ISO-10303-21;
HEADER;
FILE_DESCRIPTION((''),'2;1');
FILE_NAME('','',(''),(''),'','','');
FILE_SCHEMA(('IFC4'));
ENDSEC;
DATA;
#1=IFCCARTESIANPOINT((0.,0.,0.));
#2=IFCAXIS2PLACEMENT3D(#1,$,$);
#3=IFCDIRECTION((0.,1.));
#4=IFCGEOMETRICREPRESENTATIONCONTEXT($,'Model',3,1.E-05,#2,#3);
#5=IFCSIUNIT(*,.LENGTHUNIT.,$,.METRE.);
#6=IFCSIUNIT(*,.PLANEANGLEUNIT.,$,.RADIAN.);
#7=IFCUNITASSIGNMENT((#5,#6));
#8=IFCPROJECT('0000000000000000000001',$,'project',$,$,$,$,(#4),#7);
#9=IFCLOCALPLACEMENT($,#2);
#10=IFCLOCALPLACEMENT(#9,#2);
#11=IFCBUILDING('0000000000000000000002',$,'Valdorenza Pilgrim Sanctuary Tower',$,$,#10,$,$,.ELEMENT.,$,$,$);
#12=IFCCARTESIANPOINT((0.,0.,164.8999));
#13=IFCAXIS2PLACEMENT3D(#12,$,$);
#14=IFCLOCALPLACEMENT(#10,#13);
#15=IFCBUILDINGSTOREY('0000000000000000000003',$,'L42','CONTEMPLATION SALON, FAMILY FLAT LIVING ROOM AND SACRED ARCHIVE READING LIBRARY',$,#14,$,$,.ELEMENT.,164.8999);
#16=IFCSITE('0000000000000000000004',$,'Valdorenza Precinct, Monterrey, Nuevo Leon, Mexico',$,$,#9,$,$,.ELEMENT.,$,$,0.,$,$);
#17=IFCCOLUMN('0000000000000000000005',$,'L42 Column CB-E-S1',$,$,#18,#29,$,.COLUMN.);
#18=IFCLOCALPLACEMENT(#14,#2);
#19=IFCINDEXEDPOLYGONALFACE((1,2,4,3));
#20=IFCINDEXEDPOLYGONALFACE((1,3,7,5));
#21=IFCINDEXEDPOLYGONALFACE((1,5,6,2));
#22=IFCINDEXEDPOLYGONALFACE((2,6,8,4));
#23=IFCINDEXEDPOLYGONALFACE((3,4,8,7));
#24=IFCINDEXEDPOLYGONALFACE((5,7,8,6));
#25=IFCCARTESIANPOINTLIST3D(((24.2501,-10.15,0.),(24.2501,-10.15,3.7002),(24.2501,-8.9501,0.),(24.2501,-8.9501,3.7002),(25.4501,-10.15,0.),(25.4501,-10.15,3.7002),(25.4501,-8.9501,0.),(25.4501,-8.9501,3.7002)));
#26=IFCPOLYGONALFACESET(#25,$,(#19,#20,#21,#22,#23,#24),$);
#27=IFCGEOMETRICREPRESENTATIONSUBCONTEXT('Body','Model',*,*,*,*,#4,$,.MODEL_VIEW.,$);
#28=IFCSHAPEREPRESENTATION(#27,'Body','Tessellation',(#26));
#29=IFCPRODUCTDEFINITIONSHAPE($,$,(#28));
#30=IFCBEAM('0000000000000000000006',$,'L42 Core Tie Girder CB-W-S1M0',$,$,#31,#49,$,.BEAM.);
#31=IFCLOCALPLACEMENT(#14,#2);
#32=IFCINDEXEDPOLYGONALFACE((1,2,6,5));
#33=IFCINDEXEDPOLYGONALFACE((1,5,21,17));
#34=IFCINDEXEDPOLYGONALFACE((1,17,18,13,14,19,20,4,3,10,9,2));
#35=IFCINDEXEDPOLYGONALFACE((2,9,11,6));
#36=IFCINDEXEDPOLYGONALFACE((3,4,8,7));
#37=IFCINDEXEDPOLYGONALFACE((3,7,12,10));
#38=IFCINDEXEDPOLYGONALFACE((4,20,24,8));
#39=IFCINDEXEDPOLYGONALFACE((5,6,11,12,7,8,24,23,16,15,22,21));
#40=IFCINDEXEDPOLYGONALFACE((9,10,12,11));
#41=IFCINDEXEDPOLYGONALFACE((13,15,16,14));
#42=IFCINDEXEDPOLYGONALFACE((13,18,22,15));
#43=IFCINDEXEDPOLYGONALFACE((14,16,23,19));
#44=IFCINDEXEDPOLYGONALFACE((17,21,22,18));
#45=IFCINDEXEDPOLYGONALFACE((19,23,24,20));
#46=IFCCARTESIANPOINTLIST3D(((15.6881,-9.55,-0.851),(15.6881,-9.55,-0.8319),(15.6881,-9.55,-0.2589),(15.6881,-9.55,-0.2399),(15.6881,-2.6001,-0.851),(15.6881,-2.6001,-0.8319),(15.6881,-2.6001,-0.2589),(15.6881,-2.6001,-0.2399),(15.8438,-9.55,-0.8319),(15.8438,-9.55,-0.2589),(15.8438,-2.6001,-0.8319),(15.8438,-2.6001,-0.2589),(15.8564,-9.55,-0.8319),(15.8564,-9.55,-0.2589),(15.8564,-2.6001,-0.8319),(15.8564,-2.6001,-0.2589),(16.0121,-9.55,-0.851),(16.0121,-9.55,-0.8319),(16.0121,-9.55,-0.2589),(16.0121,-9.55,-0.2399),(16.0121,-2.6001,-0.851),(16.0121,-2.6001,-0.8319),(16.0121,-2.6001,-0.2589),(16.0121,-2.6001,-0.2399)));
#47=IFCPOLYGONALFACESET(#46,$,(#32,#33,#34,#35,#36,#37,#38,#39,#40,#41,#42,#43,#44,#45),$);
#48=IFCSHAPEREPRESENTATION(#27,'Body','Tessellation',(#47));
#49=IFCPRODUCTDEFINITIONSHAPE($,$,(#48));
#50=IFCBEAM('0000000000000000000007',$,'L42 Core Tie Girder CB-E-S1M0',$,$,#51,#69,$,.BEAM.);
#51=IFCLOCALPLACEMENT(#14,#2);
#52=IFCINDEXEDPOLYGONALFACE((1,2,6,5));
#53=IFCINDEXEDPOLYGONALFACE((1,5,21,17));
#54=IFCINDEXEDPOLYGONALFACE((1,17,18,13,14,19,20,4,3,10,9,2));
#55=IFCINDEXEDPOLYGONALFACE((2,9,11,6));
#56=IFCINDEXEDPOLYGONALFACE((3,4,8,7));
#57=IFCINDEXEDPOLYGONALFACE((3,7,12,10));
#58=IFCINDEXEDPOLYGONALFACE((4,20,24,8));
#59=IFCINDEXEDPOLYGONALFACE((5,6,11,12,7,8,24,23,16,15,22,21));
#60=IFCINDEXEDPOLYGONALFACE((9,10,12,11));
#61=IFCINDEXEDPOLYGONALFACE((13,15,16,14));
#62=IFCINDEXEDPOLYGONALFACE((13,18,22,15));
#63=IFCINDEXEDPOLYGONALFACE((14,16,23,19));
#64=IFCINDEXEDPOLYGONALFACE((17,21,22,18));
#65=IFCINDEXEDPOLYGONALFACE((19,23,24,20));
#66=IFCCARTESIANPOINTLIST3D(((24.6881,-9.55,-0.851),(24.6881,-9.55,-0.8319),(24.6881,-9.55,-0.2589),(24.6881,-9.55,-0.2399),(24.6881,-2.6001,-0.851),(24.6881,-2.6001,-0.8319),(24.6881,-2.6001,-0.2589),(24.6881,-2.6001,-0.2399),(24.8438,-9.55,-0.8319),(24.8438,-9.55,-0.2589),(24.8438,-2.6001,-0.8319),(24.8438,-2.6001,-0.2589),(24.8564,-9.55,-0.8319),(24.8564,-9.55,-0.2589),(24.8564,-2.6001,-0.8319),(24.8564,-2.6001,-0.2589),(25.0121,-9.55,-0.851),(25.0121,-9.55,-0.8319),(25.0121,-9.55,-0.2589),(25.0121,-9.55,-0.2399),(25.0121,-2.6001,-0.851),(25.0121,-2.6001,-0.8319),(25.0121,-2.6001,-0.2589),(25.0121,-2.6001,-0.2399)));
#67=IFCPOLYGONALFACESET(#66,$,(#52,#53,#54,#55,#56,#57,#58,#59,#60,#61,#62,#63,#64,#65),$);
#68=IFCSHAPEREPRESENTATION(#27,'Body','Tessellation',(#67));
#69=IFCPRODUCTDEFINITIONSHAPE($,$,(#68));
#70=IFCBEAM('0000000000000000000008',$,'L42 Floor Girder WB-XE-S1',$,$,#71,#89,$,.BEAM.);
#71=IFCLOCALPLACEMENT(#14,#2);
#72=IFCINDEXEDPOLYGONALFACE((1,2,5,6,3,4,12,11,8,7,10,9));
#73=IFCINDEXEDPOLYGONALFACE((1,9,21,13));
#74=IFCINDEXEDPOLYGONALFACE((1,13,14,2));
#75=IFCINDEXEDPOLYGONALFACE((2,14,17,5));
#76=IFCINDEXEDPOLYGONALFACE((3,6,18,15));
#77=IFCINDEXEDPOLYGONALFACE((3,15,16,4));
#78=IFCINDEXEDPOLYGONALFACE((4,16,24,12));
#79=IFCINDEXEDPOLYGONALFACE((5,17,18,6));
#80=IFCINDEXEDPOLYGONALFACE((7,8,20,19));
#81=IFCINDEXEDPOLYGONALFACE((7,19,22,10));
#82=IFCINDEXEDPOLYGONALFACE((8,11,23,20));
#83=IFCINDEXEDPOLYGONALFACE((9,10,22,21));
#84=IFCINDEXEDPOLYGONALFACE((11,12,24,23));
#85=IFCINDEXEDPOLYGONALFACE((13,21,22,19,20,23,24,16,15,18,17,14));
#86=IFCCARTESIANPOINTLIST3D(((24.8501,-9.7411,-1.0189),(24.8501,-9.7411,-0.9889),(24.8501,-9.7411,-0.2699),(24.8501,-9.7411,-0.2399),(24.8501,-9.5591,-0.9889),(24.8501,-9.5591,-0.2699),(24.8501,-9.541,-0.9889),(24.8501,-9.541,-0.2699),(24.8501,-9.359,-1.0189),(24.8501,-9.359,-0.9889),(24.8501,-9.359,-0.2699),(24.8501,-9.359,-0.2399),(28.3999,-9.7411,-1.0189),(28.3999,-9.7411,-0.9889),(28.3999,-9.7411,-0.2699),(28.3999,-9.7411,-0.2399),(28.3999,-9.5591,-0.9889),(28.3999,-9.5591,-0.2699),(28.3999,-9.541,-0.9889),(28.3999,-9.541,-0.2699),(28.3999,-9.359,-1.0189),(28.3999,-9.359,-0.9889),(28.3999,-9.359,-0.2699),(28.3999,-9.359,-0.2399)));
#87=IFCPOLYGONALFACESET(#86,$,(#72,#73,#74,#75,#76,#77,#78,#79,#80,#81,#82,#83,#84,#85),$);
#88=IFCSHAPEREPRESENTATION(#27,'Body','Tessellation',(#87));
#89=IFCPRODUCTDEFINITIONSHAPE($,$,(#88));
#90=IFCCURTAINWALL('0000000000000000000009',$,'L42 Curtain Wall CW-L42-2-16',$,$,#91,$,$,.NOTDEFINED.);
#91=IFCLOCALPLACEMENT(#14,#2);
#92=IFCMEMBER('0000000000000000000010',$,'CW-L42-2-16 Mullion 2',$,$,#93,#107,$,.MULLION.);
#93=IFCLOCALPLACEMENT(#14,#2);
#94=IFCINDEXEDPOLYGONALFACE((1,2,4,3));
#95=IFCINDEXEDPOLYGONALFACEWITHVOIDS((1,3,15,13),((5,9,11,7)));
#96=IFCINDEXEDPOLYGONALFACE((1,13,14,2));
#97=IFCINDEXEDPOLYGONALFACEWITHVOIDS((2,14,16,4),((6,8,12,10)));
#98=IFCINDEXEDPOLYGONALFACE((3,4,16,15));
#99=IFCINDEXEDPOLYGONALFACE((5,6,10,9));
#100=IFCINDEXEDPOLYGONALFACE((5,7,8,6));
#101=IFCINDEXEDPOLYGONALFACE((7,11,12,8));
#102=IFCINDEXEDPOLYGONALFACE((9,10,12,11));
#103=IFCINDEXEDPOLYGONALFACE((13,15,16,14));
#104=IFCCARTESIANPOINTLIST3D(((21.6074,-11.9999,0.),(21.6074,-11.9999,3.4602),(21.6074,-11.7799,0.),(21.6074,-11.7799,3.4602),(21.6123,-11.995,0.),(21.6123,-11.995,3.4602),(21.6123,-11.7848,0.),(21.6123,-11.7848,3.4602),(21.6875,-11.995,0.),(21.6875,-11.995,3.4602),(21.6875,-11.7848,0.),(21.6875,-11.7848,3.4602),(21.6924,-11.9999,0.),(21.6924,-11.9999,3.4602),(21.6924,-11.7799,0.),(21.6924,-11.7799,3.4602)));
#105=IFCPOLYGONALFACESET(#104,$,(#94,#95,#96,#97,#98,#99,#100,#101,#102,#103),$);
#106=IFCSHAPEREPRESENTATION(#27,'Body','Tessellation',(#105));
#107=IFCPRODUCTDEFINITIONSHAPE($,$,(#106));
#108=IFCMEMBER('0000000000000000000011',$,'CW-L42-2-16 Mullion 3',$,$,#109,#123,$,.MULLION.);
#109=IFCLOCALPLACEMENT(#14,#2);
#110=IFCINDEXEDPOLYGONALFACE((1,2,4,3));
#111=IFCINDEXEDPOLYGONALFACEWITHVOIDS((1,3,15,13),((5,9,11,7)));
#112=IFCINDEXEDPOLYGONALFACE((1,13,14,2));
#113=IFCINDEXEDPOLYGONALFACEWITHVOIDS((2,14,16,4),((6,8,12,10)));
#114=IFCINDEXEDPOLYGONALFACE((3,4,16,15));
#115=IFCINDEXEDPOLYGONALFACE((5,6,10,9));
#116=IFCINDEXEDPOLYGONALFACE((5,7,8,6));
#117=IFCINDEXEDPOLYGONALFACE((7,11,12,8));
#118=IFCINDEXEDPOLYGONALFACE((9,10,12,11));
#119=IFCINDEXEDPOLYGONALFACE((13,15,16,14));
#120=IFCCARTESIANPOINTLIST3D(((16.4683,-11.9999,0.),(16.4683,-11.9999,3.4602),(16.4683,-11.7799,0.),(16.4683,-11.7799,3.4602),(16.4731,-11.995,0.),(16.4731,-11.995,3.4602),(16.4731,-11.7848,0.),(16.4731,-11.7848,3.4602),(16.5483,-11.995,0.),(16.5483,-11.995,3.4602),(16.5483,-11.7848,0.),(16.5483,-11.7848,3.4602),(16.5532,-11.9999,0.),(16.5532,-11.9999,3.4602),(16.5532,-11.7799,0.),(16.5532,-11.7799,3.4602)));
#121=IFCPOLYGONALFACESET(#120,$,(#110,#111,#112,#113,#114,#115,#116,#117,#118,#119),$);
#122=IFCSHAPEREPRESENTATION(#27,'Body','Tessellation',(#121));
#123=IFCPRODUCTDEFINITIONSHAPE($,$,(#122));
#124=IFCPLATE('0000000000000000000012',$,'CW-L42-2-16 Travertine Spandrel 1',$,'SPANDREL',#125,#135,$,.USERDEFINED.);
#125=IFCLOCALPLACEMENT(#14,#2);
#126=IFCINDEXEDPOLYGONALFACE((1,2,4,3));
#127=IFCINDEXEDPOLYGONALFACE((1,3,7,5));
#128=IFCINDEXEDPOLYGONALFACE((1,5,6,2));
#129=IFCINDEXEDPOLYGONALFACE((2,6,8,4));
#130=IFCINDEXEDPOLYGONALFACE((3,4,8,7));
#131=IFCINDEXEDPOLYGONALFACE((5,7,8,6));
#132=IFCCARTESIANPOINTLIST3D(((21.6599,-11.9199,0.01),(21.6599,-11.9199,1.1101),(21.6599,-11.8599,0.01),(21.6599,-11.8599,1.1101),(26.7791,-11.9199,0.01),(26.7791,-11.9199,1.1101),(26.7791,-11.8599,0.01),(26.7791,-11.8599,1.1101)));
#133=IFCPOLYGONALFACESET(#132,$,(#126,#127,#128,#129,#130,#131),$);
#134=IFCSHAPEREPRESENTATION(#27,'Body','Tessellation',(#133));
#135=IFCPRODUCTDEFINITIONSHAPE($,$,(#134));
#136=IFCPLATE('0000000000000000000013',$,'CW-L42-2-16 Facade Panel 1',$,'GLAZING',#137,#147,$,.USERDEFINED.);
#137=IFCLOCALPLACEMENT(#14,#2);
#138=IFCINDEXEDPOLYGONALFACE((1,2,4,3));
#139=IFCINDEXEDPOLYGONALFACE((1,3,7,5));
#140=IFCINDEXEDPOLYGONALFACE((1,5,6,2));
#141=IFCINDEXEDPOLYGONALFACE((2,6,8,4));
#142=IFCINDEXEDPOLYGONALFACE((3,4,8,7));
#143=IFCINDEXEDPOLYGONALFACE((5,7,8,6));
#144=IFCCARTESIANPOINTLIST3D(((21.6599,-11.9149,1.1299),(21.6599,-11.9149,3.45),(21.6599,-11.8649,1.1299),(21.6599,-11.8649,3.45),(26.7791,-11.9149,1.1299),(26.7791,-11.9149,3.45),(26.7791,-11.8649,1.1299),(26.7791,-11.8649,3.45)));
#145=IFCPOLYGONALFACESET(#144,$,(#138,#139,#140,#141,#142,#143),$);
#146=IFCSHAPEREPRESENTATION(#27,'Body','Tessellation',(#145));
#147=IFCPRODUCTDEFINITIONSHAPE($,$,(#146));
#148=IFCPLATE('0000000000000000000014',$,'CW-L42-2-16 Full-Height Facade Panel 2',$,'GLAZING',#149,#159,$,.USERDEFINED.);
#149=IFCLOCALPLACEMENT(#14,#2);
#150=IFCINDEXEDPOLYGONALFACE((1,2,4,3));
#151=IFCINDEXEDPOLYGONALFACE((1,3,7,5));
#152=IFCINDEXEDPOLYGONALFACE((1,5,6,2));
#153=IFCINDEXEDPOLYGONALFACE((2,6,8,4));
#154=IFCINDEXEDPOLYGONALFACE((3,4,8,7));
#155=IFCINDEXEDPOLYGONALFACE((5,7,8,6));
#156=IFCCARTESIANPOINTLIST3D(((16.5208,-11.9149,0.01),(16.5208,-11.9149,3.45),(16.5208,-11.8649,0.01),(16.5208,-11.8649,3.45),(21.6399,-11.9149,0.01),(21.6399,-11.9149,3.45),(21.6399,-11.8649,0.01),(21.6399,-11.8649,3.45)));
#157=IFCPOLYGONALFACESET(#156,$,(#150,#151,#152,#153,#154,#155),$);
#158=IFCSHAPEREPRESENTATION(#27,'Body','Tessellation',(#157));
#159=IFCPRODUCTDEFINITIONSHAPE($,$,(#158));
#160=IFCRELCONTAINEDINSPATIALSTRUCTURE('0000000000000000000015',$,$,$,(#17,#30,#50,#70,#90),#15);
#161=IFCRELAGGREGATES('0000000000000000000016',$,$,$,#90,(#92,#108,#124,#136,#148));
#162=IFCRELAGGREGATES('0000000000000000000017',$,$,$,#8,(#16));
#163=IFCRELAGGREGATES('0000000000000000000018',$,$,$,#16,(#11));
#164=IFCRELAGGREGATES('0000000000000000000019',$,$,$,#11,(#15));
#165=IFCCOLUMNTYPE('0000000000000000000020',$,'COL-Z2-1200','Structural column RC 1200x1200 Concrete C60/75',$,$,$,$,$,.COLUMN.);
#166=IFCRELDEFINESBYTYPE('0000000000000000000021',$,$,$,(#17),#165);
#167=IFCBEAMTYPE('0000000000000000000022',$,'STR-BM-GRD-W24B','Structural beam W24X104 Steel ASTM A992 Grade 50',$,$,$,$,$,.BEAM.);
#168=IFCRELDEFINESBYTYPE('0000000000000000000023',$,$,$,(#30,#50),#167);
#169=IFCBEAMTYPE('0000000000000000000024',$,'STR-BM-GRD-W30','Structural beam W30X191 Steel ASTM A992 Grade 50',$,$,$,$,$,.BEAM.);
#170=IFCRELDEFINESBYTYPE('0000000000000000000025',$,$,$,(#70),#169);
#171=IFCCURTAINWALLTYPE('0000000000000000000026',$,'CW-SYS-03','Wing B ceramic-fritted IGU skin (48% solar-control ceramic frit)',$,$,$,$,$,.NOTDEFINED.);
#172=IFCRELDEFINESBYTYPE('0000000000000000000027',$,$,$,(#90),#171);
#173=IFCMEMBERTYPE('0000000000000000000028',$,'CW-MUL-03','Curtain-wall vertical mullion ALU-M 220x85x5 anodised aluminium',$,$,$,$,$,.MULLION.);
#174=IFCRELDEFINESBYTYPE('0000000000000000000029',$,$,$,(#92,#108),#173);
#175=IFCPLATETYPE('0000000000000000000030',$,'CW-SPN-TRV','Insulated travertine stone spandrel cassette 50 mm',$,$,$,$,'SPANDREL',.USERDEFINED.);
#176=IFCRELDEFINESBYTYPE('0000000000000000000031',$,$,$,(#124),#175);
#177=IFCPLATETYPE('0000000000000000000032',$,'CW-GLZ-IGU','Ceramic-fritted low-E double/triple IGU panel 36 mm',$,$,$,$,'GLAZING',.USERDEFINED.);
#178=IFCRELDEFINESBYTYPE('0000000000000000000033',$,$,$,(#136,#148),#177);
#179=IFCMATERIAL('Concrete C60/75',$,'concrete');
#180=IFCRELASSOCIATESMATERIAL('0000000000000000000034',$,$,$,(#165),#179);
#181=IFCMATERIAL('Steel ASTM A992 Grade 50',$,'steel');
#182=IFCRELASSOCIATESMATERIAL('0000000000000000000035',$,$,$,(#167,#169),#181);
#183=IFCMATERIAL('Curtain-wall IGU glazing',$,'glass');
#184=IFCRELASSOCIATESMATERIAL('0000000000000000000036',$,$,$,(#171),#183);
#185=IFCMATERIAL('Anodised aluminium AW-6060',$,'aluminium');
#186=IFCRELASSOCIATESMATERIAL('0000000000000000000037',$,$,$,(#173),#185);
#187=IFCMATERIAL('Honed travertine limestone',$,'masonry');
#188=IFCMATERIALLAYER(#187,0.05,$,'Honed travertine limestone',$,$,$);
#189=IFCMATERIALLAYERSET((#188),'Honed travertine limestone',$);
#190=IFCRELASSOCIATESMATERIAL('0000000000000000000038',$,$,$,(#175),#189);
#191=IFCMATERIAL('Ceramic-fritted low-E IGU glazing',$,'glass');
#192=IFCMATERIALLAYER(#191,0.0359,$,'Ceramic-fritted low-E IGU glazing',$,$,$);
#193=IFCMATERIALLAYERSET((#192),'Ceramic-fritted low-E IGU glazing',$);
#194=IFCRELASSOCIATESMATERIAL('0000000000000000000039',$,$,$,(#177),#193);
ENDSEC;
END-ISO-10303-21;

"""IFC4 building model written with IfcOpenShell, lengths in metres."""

from ifc_helpers import new_model, si_unit, direction, frame, origin, origin_2d, place, context, subcontext, project, spatial, rectangle, hollow_rectangle, i_section, extrude, source, transform, mapped, material, layer, layer_set, material_profile, profile_set, type_object, element, aggregate, save


model = new_model("IFC4")

# Units and contexts
model_context = context("Model", 3, precision=1e-05, world=origin(), true_north=direction((0.0, 1.0)))
body_context = subcontext(model_context, "Body", "Model", "MODEL_VIEW")
ifc_project = project(units=[si_unit("LENGTHUNIT", "METRE"), si_unit("PLANEANGLEUNIT", "RADIAN")], contexts=[model_context])

# Site, building, storey
site_placement = place(None, origin())
site = spatial("IfcSite", under=ifc_project, at=site_placement, Name="Valdorenza Precinct, Monterrey, Nuevo Leon, Mexico", CompositionType="ELEMENT", RefElevation=0.0)
building_placement = place(site_placement, origin())
building = spatial("IfcBuilding", under=site, at=building_placement, Name="Valdorenza Pilgrim Sanctuary Tower", CompositionType="ELEMENT")
storey_placement = place(building_placement, frame((0.0, 0.0, 164.8999)))
storey = spatial("IfcBuildingStorey", under=building, at=storey_placement, Name="L42", Description="CONTEMPLATION SALON, FAMILY FLAT LIVING ROOM AND SACRED ARCHIVE READING LIBRARY", CompositionType="ELEMENT", Elevation=164.8999)

# Column
ifc_material_1 = material(Name="Concrete C60/75", Category="concrete")
ifc_material_profile_1 = material_profile(ifc_material_1, rectangle(XDim=1.2, YDim=1.2, at=origin_2d()), Name="RC 1200x1200")
ifc_profile_set_1 = profile_set([ifc_material_profile_1], Name="Concrete C60/75")
column_type = type_object("IfcColumnType", Name="COL-Z2-1200", Description="Structural column RC 1200x1200 Concrete C60/75", PredefinedType="COLUMN", material=ifc_profile_set_1)
shared_shape_1 = source(origin(), body_context, "Body", "SweptSolid", [
    extrude(rectangle(XDim=1.2, YDim=1.2, at=origin_2d()), origin(), (0.0, 0.0, 1.0), 3.7002),
])
column_placement = place(storey_placement, frame((24.8501, -9.55, 0.0), z_axis=(0.0, 0.0, 1.0), x_axis=(1.0, 0.0, 0.0)))
element("IfcColumn", 1, at=column_placement, inside=storey, type_object=column_type, Name="L42 Column CB-E-S1", PredefinedType="COLUMN", context=body_context, shape_type="MappedRepresentation", body=[
    mapped(shared_shape_1, transform((0.0, 0.0, 0.0), x_axis=(1.0, 0.0, 0.0), y_axis=(0.0, 1.0, 0.0), z_axis=(0.0, 0.0, 1.0), scale=1.0)),
])

# Beams
ifc_material_2 = material(Name="Steel ASTM A992 Grade 50", Category="steel")
ifc_material_profile_2 = material_profile(ifc_material_2, i_section(OverallWidth=0.324, OverallDepth=0.6111, WebThickness=0.0127, FlangeThickness=0.019, at=origin_2d()), Name="W24X104")
ifc_profile_set_2 = profile_set([ifc_material_profile_2], Name="Steel ASTM A992 Grade 50")
beam_type_1 = type_object("IfcBeamType", Name="STR-BM-GRD-W24B", Description="Structural beam W24X104 Steel ASTM A992 Grade 50", PredefinedType="BEAM", material=ifc_profile_set_2)
shared_shape_2 = source(origin(), body_context, "Body", "SweptSolid", [
    extrude(i_section(OverallWidth=0.324, OverallDepth=0.6111, WebThickness=0.0127, FlangeThickness=0.019, at=origin_2d()), origin(), (0.0, 0.0, 1.0), 6.95),
])
for number, where, z_axis, x_axis, name in (
    (2, (15.8501, -9.55, -0.5454), (0.0, 1.0, 0.0), (-1.0, 0.0, 0.0), "L42 Core Tie Girder CB-W-S1M0"),
    (3, (24.8501, -9.55, -0.5454), (0.0, 1.0, 0.0), (-1.0, 0.0, 0.0), "L42 Core Tie Girder CB-E-S1M0"),
):
    element("IfcBeam", number, at=place(storey_placement, frame(where, z_axis=z_axis, x_axis=x_axis)), inside=storey, type_object=beam_type_1, Name=name, PredefinedType="BEAM", context=body_context, shape_type="MappedRepresentation", body=[
        mapped(shared_shape_2, transform((0.0, 0.0, 0.0), x_axis=(1.0, 0.0, 0.0), y_axis=(0.0, 1.0, 0.0), z_axis=(0.0, 0.0, 1.0), scale=1.0)),
    ])
ifc_material_profile_3 = material_profile(ifc_material_2, i_section(OverallWidth=0.3821, OverallDepth=0.7791, WebThickness=0.0181, FlangeThickness=0.03, at=origin_2d()), Name="W30X191")
ifc_profile_set_3 = profile_set([ifc_material_profile_3], Name="Steel ASTM A992 Grade 50")
beam_type_2 = type_object("IfcBeamType", Name="STR-BM-GRD-W30", Description="Structural beam W30X191 Steel ASTM A992 Grade 50", PredefinedType="BEAM", material=ifc_profile_set_3)
shared_shape_3 = source(origin(), body_context, "Body", "SweptSolid", [
    extrude(i_section(OverallWidth=0.3821, OverallDepth=0.7791, WebThickness=0.0181, FlangeThickness=0.03, at=origin_2d()), origin(), (0.0, 0.0, 1.0), 3.5498),
])
beam_placement = place(storey_placement, frame((24.8501, -9.55, -0.6294), z_axis=(1.0, 0.0, 0.0), x_axis=(0.0, 1.0, 0.0)))
element("IfcBeam", 4, at=beam_placement, inside=storey, type_object=beam_type_2, Name="L42 Floor Girder WB-XE-S1", PredefinedType="BEAM", context=body_context, shape_type="MappedRepresentation", body=[
    mapped(shared_shape_3, transform((0.0, 0.0, 0.0), x_axis=(1.0, 0.0, 0.0), y_axis=(0.0, 1.0, 0.0), z_axis=(0.0, 0.0, 1.0), scale=1.0)),
])

# Curtain wall, members, plates
ifc_material_3 = material(Name="Curtain-wall IGU glazing", Category="glass")
curtain_wall_type = type_object("IfcCurtainWallType", Name="CW-SYS-03", Description="Wing B ceramic-fritted IGU skin (48% solar-control ceramic frit)", PredefinedType="NOTDEFINED", material=ifc_material_3)
curtain_wall_placement = place(storey_placement, origin())
curtain_wall = element("IfcCurtainWall", 5, at=curtain_wall_placement, inside=storey, type_object=curtain_wall_type, Name="L42 Curtain Wall CW-L42-2-16", PredefinedType="NOTDEFINED")
ifc_material_4 = material(Name="Anodised aluminium AW-6060", Category="aluminium")
ifc_material_profile_4 = material_profile(ifc_material_4, hollow_rectangle(XDim=0.085, YDim=0.22, WallThickness=0.0049, at=origin_2d()), Name="ALU-M 220x85x5")
ifc_profile_set_4 = profile_set([ifc_material_profile_4], Name="Anodised aluminium AW-6060")
member_type = type_object("IfcMemberType", Name="CW-MUL-03", Description="Curtain-wall vertical mullion ALU-M 220x85x5 anodised aluminium", PredefinedType="MULLION", material=ifc_profile_set_4)
shared_shape_4 = source(origin(), body_context, "Body", "SweptSolid", [
    extrude(hollow_rectangle(XDim=0.085, YDim=0.22, WallThickness=0.0049, at=origin_2d()), origin(), (0.0, 0.0, 1.0), 3.4602),
])
member_1_placement = place(storey_placement, frame((21.6499, -11.8899, 0.0), z_axis=(0.0, 0.0, 1.0), x_axis=(-1.0, 0.0, 0.0)))
member_1 = element("IfcMember", 6, at=member_1_placement, type_object=member_type, Name="CW-L42-2-16 Mullion 2", PredefinedType="MULLION", context=body_context, shape_type="MappedRepresentation", body=[
    mapped(shared_shape_4, transform((0.0, 0.0, 0.0), x_axis=(1.0, 0.0, 0.0), y_axis=(0.0, 1.0, 0.0), z_axis=(0.0, 0.0, 1.0), scale=1.0)),
])
member_2_placement = place(storey_placement, frame((16.5107, -11.8899, 0.0), z_axis=(0.0, 0.0, 1.0), x_axis=(-1.0, 0.0, 0.0)))
member_2 = element("IfcMember", 7, at=member_2_placement, type_object=member_type, Name="CW-L42-2-16 Mullion 3", PredefinedType="MULLION", context=body_context, shape_type="MappedRepresentation", body=[
    mapped(shared_shape_4, transform((0.0, 0.0, 0.0), x_axis=(1.0, 0.0, 0.0), y_axis=(0.0, 1.0, 0.0), z_axis=(0.0, 0.0, 1.0), scale=1.0)),
])
ifc_material_5 = material(Name="Honed travertine limestone", Category="masonry")
ifc_layer_1 = layer(ifc_material_5, 0.05, Name="Honed travertine limestone")
ifc_layer_set_1 = layer_set([ifc_layer_1], Name="Honed travertine limestone")
plate_type_1 = type_object("IfcPlateType", Name="CW-SPN-TRV", Description="Insulated travertine stone spandrel cassette 50 mm", ElementType="SPANDREL", PredefinedType="USERDEFINED", material=ifc_layer_set_1)
shared_shape_5 = source(origin(), body_context, "Body", "SweptSolid", [
    extrude(rectangle(XDim=5.1191, YDim=0.0601, at=origin_2d()), origin(), (0.0, 0.0, 1.0), 1.1001),
])
plate_1_placement = place(storey_placement, frame((24.2195, -11.8899, 0.01), z_axis=(0.0, 0.0, 1.0), x_axis=(-1.0, 0.0, 0.0)))
plate_1 = element("IfcPlate", 8, at=plate_1_placement, type_object=plate_type_1, Name="CW-L42-2-16 Travertine Spandrel 1", ObjectType="SPANDREL", PredefinedType="USERDEFINED", context=body_context, shape_type="MappedRepresentation", body=[
    mapped(shared_shape_5, transform((0.0, 0.0, 0.0), x_axis=(1.0, 0.0, 0.0), y_axis=(0.0, 1.0, 0.0), z_axis=(0.0, 0.0, 1.0), scale=1.0)),
])
ifc_material_6 = material(Name="Ceramic-fritted low-E IGU glazing", Category="glass")
ifc_layer_2 = layer(ifc_material_6, 0.0359, Name="Ceramic-fritted low-E IGU glazing")
ifc_layer_set_2 = layer_set([ifc_layer_2], Name="Ceramic-fritted low-E IGU glazing")
plate_type_2 = type_object("IfcPlateType", Name="CW-GLZ-IGU", Description="Ceramic-fritted low-E double/triple IGU panel 36 mm", ElementType="GLAZING", PredefinedType="USERDEFINED", material=ifc_layer_set_2)
shared_shape_6 = source(origin(), body_context, "Body", "SweptSolid", [
    extrude(rectangle(XDim=5.1191, YDim=0.05, at=origin_2d()), origin(), (0.0, 0.0, 1.0), 2.3201),
])
plate_2_placement = place(storey_placement, frame((24.2195, -11.8899, 1.1299), z_axis=(0.0, 0.0, 1.0), x_axis=(-1.0, 0.0, 0.0)))
plate_2 = element("IfcPlate", 9, at=plate_2_placement, type_object=plate_type_2, Name="CW-L42-2-16 Facade Panel 1", ObjectType="GLAZING", PredefinedType="USERDEFINED", context=body_context, shape_type="MappedRepresentation", body=[
    mapped(shared_shape_6, transform((0.0, 0.0, 0.0), x_axis=(1.0, 0.0, 0.0), y_axis=(0.0, 1.0, 0.0), z_axis=(0.0, 0.0, 1.0), scale=1.0)),
])
shared_shape_7 = source(origin(), body_context, "Body", "SweptSolid", [
    extrude(rectangle(XDim=5.1191, YDim=0.05, at=origin_2d()), origin(), (0.0, 0.0, 1.0), 3.4399),
])
plate_3_placement = place(storey_placement, frame((19.0803, -11.8899, 0.01), z_axis=(0.0, 0.0, 1.0), x_axis=(-1.0, 0.0, 0.0)))
plate_3 = element("IfcPlate", 10, at=plate_3_placement, type_object=plate_type_2, Name="CW-L42-2-16 Full-Height Facade Panel 2", ObjectType="GLAZING", PredefinedType="USERDEFINED", context=body_context, shape_type="MappedRepresentation", body=[
    mapped(shared_shape_7, transform((0.0, 0.0, 0.0), x_axis=(1.0, 0.0, 0.0), y_axis=(0.0, 1.0, 0.0), z_axis=(0.0, 0.0, 1.0), scale=1.0)),
])
aggregate(curtain_wall, [member_1, member_2, plate_1, plate_2, plate_3])

save(model, "model.ifc")
